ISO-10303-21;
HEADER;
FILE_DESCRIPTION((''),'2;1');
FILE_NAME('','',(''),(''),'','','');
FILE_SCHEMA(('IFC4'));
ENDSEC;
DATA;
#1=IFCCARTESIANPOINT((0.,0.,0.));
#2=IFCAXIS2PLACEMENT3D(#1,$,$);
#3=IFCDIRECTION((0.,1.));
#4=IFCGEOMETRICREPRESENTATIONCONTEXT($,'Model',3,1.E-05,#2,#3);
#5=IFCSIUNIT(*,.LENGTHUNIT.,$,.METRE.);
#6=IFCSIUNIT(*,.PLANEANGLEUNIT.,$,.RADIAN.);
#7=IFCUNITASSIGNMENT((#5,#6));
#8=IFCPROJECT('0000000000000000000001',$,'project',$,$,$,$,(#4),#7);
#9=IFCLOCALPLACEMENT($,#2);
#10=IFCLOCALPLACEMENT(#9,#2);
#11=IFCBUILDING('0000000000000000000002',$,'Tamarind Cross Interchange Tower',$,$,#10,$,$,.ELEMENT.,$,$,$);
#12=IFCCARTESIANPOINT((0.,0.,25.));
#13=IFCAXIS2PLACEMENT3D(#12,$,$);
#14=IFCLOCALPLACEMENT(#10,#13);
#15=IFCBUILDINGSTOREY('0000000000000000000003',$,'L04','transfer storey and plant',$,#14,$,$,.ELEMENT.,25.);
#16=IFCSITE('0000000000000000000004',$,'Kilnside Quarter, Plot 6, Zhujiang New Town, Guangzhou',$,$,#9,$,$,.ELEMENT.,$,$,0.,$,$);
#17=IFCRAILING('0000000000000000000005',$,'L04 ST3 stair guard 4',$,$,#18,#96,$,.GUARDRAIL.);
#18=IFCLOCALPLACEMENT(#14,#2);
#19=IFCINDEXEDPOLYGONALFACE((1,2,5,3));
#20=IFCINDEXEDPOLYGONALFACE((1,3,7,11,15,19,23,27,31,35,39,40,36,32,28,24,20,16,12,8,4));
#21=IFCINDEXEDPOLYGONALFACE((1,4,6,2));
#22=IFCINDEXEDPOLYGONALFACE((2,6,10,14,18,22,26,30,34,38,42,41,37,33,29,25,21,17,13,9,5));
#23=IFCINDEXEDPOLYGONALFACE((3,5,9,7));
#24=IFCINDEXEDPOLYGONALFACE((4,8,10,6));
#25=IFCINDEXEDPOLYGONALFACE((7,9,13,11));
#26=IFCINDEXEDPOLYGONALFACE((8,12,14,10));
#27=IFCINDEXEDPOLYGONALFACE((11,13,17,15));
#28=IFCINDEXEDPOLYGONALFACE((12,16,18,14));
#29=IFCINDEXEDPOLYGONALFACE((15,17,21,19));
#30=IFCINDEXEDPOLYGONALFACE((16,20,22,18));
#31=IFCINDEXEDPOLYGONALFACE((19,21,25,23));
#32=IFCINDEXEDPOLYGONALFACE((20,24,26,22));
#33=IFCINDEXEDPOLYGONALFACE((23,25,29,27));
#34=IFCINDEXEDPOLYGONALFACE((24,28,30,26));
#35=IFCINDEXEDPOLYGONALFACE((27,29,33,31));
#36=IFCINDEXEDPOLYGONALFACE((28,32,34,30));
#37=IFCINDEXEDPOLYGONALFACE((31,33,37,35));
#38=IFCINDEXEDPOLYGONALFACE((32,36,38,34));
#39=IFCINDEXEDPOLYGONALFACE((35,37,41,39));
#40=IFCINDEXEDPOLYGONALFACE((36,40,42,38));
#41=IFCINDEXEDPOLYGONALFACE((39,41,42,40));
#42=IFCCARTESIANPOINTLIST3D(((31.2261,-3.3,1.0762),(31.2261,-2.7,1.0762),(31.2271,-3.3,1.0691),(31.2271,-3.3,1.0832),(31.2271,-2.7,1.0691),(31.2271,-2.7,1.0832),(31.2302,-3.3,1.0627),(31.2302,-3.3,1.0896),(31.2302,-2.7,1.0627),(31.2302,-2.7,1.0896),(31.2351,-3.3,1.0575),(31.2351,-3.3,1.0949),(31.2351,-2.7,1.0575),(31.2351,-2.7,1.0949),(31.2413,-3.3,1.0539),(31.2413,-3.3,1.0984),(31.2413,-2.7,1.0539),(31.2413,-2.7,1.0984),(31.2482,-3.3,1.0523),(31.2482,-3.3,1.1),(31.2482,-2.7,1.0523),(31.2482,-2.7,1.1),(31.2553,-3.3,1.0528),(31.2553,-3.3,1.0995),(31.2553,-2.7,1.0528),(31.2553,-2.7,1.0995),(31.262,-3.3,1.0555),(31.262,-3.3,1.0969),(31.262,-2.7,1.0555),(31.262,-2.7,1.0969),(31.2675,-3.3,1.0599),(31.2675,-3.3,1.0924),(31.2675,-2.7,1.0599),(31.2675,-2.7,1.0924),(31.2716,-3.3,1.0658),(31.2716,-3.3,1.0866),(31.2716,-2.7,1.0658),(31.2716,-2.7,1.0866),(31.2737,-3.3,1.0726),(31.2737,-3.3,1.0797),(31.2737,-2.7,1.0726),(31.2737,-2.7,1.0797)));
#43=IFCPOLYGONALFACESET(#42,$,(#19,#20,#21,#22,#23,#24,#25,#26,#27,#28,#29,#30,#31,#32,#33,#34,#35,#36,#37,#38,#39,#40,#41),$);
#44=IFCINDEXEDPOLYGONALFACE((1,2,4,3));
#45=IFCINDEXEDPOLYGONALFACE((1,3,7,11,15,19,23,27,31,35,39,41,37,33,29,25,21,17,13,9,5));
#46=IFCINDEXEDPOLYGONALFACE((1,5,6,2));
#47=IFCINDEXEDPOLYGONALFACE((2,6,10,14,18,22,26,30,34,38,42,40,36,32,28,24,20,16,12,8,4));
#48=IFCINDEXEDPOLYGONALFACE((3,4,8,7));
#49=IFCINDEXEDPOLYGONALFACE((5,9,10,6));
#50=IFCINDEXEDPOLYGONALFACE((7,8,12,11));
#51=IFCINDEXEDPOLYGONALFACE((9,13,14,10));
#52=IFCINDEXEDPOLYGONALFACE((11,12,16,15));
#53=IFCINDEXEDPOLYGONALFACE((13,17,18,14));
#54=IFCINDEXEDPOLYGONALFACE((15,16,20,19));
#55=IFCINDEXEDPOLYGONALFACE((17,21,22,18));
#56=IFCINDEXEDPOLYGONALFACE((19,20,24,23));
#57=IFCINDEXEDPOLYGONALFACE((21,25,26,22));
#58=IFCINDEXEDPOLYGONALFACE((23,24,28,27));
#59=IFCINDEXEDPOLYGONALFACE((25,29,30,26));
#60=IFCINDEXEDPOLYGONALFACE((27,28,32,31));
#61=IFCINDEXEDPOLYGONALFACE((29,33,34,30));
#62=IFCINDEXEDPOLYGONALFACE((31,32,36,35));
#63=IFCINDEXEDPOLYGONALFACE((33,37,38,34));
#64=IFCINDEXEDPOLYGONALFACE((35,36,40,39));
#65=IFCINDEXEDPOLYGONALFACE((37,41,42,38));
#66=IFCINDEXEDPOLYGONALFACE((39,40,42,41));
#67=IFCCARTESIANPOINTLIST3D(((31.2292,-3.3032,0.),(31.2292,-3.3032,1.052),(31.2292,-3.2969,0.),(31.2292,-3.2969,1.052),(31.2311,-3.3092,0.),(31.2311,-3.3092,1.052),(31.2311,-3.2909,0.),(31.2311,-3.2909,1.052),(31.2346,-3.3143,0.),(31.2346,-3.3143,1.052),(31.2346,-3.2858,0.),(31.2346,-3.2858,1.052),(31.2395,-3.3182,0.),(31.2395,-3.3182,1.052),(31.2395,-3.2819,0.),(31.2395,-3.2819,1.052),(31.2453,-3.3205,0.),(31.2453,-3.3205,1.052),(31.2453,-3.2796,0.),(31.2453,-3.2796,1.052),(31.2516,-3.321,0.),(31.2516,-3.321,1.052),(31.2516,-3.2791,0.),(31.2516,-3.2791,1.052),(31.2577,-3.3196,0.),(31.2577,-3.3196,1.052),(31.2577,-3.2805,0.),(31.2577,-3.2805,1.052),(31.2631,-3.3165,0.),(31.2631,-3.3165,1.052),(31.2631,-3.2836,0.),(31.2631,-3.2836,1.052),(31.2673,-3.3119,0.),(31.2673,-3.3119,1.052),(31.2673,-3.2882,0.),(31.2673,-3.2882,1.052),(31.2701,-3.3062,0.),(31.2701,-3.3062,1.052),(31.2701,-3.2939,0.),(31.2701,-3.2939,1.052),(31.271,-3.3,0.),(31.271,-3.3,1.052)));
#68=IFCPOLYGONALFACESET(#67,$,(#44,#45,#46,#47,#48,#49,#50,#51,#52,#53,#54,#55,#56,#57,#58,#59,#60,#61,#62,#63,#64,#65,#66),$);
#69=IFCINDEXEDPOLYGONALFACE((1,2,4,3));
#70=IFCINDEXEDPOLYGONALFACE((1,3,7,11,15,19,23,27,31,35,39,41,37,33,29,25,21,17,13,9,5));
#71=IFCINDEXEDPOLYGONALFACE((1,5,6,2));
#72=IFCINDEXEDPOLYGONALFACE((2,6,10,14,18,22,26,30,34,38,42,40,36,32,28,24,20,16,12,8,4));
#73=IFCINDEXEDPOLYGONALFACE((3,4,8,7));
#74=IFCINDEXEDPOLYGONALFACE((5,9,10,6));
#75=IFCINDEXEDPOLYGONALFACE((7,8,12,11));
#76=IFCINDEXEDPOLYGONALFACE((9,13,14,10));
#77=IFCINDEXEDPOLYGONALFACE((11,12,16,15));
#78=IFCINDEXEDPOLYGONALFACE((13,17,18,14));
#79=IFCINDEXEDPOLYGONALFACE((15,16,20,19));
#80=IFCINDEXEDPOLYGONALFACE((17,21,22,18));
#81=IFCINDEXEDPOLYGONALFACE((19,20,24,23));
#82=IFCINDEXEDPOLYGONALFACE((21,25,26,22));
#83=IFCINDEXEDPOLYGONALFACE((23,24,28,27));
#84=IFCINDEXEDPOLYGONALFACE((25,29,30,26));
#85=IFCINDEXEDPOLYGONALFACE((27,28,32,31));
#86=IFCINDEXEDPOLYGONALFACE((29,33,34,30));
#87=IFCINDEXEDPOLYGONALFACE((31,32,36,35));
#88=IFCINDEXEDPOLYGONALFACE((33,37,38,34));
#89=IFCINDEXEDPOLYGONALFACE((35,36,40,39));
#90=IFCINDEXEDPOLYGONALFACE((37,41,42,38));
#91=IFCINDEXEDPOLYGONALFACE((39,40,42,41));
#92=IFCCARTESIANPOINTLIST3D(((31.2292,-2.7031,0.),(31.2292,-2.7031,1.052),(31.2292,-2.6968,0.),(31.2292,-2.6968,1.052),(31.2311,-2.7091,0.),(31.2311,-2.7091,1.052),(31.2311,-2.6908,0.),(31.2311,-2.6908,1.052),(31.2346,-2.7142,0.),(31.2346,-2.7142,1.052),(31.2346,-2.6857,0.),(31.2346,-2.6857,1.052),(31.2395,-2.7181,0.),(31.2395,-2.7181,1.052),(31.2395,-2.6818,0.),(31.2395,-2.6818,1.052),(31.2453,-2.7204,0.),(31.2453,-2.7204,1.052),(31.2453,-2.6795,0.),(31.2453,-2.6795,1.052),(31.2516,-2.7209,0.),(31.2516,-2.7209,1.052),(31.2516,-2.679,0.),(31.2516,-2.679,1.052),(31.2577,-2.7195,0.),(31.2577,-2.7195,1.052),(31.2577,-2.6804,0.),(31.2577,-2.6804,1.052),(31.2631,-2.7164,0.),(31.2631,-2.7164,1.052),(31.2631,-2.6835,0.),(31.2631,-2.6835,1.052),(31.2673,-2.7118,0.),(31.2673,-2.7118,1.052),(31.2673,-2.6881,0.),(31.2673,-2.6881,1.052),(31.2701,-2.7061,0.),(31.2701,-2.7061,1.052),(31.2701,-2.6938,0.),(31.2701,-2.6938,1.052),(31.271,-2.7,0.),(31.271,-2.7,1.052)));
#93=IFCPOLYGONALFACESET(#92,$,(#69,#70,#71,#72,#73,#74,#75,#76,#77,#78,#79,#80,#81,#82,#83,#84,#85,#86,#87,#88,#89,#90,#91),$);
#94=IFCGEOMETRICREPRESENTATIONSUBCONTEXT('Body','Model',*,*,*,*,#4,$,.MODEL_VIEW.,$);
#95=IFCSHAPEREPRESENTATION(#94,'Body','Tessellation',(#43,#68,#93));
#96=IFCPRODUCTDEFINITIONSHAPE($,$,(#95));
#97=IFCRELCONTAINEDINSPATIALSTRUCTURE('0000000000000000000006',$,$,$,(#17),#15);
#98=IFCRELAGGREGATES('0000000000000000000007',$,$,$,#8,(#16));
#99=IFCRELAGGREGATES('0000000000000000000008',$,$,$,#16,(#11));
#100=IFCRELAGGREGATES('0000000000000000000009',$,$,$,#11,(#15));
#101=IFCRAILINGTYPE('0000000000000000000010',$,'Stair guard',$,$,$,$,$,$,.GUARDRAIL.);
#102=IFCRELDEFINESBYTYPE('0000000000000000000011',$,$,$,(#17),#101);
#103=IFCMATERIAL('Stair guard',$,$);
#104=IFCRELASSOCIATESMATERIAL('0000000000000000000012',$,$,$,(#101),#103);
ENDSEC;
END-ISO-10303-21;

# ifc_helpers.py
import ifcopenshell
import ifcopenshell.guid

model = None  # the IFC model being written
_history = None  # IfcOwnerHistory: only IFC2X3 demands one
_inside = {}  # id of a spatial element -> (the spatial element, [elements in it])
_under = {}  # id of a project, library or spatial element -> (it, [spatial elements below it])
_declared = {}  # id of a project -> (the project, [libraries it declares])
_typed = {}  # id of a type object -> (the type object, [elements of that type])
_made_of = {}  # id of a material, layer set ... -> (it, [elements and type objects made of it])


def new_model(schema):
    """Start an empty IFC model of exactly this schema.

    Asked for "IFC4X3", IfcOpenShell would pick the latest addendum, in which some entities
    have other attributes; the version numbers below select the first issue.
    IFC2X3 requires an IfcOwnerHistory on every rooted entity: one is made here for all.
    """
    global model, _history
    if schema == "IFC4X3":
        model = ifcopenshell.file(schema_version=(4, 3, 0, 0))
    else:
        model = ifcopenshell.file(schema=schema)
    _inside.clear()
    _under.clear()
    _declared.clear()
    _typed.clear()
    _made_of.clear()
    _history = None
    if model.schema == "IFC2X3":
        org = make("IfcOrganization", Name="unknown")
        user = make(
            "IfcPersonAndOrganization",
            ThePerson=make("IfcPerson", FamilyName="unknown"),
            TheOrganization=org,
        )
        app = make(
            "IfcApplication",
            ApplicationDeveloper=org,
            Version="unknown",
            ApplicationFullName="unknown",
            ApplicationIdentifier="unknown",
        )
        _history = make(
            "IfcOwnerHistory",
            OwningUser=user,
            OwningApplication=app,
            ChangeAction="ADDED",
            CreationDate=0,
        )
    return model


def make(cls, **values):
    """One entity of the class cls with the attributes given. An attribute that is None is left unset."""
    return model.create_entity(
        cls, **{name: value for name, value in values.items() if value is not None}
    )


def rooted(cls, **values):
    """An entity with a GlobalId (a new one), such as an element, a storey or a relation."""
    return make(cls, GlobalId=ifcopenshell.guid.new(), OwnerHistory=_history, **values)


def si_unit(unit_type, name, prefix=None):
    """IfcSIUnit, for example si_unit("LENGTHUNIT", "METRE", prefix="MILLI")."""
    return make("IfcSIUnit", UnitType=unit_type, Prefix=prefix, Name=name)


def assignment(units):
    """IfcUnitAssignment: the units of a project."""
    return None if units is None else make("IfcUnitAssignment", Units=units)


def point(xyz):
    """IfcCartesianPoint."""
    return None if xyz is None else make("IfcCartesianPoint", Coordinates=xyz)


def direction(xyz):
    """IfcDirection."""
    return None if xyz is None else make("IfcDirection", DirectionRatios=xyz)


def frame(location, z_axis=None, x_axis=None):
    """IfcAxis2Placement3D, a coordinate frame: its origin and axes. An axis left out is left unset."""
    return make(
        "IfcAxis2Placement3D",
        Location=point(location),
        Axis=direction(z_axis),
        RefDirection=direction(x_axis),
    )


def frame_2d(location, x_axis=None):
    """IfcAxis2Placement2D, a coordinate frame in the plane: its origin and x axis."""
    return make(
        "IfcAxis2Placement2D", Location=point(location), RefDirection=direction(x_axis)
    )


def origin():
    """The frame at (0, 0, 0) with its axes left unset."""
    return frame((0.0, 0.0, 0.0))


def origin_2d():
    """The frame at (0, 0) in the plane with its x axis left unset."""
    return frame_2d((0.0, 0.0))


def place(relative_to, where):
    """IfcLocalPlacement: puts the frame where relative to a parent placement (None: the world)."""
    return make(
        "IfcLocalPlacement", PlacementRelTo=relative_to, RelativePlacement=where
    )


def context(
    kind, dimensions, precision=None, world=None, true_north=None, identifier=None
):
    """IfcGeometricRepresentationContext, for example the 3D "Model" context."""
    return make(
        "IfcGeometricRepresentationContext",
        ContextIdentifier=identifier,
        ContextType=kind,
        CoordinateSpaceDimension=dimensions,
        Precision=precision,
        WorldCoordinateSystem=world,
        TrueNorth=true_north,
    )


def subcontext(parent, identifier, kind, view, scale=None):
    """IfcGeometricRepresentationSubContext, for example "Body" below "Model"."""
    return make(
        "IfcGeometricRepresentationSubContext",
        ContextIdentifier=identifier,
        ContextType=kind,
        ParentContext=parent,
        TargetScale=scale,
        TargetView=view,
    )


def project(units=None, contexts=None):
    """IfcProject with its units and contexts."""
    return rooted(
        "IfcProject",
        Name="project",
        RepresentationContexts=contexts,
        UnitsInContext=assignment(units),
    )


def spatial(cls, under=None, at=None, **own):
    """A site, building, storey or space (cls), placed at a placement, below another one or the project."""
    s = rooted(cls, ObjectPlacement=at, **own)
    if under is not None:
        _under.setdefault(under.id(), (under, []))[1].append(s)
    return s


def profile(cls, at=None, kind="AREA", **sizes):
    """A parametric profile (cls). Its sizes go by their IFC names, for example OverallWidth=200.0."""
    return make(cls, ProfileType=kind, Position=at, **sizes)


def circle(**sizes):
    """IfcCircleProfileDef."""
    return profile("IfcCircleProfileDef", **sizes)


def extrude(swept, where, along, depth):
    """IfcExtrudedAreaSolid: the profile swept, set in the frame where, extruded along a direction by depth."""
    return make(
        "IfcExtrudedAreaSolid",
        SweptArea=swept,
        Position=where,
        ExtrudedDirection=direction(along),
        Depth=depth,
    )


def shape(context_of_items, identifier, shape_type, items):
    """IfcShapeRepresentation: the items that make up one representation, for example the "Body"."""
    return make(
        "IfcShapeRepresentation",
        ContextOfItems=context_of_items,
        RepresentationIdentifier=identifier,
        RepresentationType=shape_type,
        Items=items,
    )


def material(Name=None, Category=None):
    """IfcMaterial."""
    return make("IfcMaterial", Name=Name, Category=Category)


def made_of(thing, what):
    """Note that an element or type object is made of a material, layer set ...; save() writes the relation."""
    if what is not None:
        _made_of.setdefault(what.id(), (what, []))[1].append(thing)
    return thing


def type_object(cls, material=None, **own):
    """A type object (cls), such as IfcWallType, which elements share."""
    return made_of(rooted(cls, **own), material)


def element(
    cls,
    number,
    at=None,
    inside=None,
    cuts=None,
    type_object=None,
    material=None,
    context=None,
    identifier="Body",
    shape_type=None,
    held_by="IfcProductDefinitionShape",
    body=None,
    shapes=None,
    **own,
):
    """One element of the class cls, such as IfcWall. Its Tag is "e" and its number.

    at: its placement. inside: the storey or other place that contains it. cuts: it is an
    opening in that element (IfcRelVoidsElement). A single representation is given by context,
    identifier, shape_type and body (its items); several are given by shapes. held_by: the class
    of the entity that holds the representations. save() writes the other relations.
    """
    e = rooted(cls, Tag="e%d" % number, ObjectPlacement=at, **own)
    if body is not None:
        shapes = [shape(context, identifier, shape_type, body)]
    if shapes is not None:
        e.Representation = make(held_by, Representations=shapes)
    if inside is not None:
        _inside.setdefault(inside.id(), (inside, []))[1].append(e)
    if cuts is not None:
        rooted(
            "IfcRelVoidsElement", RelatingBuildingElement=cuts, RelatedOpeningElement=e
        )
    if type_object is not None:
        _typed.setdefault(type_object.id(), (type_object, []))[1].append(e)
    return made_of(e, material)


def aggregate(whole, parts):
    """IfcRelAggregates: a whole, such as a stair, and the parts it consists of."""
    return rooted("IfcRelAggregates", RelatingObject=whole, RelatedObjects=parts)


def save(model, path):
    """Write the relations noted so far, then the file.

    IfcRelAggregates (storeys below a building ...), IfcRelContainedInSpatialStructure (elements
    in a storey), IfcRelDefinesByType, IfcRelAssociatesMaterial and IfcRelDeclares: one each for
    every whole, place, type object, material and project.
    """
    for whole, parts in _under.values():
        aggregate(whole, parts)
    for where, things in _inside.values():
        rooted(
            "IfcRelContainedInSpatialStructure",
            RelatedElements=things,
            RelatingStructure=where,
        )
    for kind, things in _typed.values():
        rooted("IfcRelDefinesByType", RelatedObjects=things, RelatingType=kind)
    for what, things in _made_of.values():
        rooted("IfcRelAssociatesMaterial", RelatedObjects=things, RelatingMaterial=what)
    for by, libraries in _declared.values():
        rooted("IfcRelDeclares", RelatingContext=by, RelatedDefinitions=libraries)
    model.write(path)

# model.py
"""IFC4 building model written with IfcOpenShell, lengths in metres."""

from ifc_helpers import new_model, si_unit, direction, frame, origin, origin_2d, place, context, subcontext, project, spatial, circle, extrude, material, type_object, element, save


model = new_model("IFC4")

# Units and contexts
model_context = context("Model", 3, precision=1e-05, world=origin(), true_north=direction((0.0, 1.0)))
body_context = subcontext(model_context, "Body", "Model", "MODEL_VIEW")
ifc_project = project(units=[si_unit("LENGTHUNIT", "METRE"), si_unit("PLANEANGLEUNIT", "RADIAN")], contexts=[model_context])

# Site, building, storey
site_placement = place(None, origin())
site = spatial("IfcSite", under=ifc_project, at=site_placement, Name="Kilnside Quarter, Plot 6, Zhujiang New Town, Guangzhou", CompositionType="ELEMENT", RefElevation=0.0)
building_placement = place(site_placement, origin())
building = spatial("IfcBuilding", under=site, at=building_placement, Name="Tamarind Cross Interchange Tower", CompositionType="ELEMENT")
storey_placement = place(building_placement, frame((0.0, 0.0, 25.0)))
storey = spatial("IfcBuildingStorey", under=building, at=storey_placement, Name="L04", Description="transfer storey and plant", CompositionType="ELEMENT", Elevation=25.0)

# Railing
ifc_material_1 = material(Name="Stair guard")
railing_type_1 = type_object("IfcRailingType", Name="Stair guard", PredefinedType="GUARDRAIL", material=ifc_material_1)
railing_1_placement = place(storey_placement, frame((31.25, -3.3, 0.0)))
element("IfcRailing", 1, at=railing_1_placement, inside=storey, type_object=railing_type_1, Name="L04 ST3 stair guard 4", PredefinedType="GUARDRAIL", context=body_context, shape_type="SweptSolid", body=[
    extrude(circle(Radius=0.0239, at=origin_2d()), frame((0.0, 0.0, 1.0762), z_axis=(0.0, 1.0, 0.0), x_axis=(-1.0, 0.0, 0.0)), (0.0, 0.0, 1.0), 0.6001),
    extrude(circle(Radius=0.021, at=origin_2d()), origin(), (0.0, 0.0, 1.0), 1.052),
    extrude(circle(Radius=0.021, at=origin_2d()), frame((0.0, 0.6001, 0.0)), (0.0, 0.0, 1.0), 1.052),
])

save(model, "model.ifc")
